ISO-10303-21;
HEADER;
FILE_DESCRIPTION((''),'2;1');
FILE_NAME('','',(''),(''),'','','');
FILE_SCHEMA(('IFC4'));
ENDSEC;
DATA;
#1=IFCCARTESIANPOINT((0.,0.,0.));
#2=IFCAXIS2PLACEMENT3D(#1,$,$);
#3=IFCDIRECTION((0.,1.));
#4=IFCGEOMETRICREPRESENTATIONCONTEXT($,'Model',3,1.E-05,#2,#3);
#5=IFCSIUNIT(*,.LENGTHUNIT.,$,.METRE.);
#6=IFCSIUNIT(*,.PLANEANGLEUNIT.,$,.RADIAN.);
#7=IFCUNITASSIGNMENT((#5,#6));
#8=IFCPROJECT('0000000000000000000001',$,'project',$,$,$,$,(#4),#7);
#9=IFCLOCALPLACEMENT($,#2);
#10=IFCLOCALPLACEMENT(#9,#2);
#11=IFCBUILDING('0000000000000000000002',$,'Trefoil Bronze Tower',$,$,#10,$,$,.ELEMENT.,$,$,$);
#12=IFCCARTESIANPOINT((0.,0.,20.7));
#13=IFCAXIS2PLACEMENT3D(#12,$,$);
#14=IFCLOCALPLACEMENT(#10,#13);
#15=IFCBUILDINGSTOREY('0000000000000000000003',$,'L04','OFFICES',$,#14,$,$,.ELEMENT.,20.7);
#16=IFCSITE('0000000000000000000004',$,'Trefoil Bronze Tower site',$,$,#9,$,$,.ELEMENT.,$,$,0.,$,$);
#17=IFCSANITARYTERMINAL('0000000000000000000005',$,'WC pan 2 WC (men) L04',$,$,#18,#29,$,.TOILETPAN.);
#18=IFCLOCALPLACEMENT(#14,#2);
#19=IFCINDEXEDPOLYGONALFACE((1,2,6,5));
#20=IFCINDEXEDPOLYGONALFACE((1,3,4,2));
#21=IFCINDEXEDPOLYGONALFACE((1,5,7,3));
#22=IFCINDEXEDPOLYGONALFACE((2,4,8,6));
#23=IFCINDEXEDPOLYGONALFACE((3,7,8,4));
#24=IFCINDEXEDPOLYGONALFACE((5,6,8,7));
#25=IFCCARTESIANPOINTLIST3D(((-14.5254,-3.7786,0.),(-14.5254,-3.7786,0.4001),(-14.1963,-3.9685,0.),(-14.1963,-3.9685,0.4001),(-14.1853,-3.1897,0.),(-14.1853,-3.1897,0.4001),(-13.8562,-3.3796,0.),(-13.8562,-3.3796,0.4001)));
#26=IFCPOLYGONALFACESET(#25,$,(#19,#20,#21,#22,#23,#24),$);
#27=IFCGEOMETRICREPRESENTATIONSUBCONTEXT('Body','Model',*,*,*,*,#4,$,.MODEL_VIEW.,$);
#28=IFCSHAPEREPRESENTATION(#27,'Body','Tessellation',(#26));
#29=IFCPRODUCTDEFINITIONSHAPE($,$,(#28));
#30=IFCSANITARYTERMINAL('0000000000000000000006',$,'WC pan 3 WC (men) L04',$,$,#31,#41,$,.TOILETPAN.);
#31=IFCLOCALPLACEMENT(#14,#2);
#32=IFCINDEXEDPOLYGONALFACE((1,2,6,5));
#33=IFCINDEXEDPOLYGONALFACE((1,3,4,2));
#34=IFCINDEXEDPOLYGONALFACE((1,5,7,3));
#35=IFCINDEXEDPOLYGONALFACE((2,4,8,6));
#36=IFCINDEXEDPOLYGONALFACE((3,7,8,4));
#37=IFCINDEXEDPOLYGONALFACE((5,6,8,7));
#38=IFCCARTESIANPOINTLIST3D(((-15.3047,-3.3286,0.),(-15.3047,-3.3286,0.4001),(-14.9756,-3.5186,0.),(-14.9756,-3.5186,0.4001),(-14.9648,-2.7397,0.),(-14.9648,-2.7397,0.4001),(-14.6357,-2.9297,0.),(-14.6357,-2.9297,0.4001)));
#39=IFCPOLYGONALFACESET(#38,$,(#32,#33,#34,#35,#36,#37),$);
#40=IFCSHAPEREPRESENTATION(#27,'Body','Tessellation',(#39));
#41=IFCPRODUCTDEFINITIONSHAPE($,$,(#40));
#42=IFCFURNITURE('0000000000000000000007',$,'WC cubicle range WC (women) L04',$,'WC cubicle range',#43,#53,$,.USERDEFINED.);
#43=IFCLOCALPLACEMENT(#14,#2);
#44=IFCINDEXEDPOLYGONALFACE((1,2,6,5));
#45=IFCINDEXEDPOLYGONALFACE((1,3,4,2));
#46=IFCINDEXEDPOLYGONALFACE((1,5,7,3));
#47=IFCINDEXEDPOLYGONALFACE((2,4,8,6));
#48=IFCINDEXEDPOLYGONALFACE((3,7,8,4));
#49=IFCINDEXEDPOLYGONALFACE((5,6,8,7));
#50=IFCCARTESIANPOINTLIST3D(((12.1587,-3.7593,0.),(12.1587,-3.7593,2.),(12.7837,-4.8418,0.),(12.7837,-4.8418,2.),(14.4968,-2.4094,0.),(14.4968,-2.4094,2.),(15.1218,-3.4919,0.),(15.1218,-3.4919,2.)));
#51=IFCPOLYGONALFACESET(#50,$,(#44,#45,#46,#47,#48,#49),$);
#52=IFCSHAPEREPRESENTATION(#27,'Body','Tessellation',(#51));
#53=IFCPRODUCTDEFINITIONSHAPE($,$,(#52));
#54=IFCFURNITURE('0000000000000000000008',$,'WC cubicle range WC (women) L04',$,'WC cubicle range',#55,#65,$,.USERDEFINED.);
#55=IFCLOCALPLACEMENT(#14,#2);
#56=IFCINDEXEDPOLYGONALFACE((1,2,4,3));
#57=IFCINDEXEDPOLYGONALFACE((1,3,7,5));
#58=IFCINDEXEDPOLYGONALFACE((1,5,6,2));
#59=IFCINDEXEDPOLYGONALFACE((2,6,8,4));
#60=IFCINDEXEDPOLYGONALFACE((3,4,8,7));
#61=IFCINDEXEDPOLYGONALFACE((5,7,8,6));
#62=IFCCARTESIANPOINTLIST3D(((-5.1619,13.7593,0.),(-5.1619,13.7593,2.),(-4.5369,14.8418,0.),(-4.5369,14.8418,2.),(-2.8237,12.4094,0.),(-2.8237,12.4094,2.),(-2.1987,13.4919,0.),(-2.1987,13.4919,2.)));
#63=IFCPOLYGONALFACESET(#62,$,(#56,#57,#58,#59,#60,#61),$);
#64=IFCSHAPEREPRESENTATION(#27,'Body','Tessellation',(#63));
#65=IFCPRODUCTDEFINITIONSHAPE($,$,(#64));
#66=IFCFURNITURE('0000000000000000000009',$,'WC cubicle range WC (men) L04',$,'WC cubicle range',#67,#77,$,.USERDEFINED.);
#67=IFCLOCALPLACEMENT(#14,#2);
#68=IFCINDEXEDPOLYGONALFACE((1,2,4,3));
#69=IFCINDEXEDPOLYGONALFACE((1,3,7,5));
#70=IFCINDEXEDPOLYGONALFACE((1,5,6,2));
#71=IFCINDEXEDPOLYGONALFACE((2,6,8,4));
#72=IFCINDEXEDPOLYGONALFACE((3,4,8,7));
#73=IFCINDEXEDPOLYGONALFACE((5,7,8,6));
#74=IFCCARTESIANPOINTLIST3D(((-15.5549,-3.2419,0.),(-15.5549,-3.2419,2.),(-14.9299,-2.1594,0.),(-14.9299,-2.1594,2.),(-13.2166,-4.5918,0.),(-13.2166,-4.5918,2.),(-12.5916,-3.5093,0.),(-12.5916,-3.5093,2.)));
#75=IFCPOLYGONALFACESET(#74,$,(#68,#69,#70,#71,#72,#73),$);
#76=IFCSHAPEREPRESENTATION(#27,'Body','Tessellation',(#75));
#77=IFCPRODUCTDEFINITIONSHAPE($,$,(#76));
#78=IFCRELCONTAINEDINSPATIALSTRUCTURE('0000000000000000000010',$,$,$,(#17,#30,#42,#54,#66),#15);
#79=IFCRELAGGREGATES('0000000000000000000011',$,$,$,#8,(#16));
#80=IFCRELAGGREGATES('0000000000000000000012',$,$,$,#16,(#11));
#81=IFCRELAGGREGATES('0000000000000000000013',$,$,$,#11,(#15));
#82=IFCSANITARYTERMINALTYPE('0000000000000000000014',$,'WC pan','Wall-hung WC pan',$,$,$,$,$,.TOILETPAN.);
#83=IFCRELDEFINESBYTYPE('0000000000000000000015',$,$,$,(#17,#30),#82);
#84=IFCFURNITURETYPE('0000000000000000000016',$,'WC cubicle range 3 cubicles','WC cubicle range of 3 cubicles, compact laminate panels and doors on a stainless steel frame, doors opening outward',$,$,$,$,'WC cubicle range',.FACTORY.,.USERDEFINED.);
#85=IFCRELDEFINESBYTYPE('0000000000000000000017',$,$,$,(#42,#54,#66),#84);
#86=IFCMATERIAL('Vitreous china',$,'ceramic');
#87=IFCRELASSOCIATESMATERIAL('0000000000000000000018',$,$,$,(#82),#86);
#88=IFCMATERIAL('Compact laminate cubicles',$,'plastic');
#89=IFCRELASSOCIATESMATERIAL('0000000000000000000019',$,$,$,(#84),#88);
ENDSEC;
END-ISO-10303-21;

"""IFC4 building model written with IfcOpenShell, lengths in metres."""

from ifc_helpers import new_model, si_unit, direction, frame, origin, place, context, subcontext, project, spatial, polyline, outline, extrude, material, type_object, element, save


model = new_model("IFC4")

# Units and contexts
model_context = context("Model", 3, precision=1e-05, world=origin(), true_north=direction((0.0, 1.0)))
body_context = subcontext(model_context, "Body", "Model", "MODEL_VIEW")
ifc_project = project(units=[si_unit("LENGTHUNIT", "METRE"), si_unit("PLANEANGLEUNIT", "RADIAN")], contexts=[model_context])

# Site, building, storey
site_placement = place(None, origin())
site = spatial("IfcSite", under=ifc_project, at=site_placement, Name="Trefoil Bronze Tower site", CompositionType="ELEMENT", RefElevation=0.0)
building_placement = place(site_placement, origin())
building = spatial("IfcBuilding", under=site, at=building_placement, Name="Trefoil Bronze Tower", CompositionType="ELEMENT")
storey_placement = place(building_placement, frame((0.0, 0.0, 20.7)))
storey = spatial("IfcBuildingStorey", under=building, at=storey_placement, Name="L04", Description="OFFICES", CompositionType="ELEMENT", Elevation=20.7)

# Sanitary terminals
ifc_material_1 = material(Name="Vitreous china", Category="ceramic")
sanitary_terminal_type_1 = type_object("IfcSanitaryTerminalType", Name="WC pan", Description="Wall-hung WC pan", PredefinedType="TOILETPAN", material=ifc_material_1)
sanitary_terminal_1_placement = place(storey_placement, origin())
element("IfcSanitaryTerminal", 1, at=sanitary_terminal_1_placement, inside=storey, type_object=sanitary_terminal_type_1, Name="WC pan 2 WC (men) L04", PredefinedType="TOILETPAN", context=body_context, shape_type="SweptSolid", body=[
    extrude(outline(polyline([(-13.8562, -3.3796), (-14.1963, -3.9685), (-14.5254, -3.7786), (-14.1853, -3.1897), (-13.8562, -3.3796)])), origin(), (0.0, 0.0, 1.0), 0.4001),
])
sanitary_terminal_2_placement = place(storey_placement, origin())
element("IfcSanitaryTerminal", 2, at=sanitary_terminal_2_placement, inside=storey, type_object=sanitary_terminal_type_1, Name="WC pan 3 WC (men) L04", PredefinedType="TOILETPAN", context=body_context, shape_type="SweptSolid", body=[
    extrude(outline(polyline([(-14.6357, -2.9297), (-14.9756, -3.5186), (-15.3047, -3.3286), (-14.9648, -2.7397), (-14.6357, -2.9297)])), origin(), (0.0, 0.0, 1.0), 0.4001),
])

# Furniture
ifc_material_2 = material(Name="Compact laminate cubicles", Category="plastic")
furniture_type = type_object("IfcFurnitureType", Name="WC cubicle range 3 cubicles", Description="WC cubicle range of 3 cubicles, compact laminate panels and doors on a stainless steel frame, doors opening outward", ElementType="WC cubicle range", AssemblyPlace="FACTORY", PredefinedType="USERDEFINED", material=ifc_material_2)
furniture_1_placement = place(storey_placement, origin())
element("IfcFurniture", 3, at=furniture_1_placement, inside=storey, type_object=furniture_type, Name="WC cubicle range WC (women) L04", ObjectType="WC cubicle range", PredefinedType="USERDEFINED", context=body_context, shape_type="SweptSolid", body=[
    extrude(outline(polyline([(12.1587, -3.7593), (12.7837, -4.8418), (15.1218, -3.4919), (14.4968, -2.4094), (12.1587, -3.7593)])), origin(), (0.0, 0.0, 1.0), 2.0),
])
furniture_2_placement = place(storey_placement, origin())
element("IfcFurniture", 4, at=furniture_2_placement, inside=storey, type_object=furniture_type, Name="WC cubicle range WC (women) L04", ObjectType="WC cubicle range", PredefinedType="USERDEFINED", context=body_context, shape_type="SweptSolid", body=[
    extrude(outline(polyline([(-2.8237, 12.4094), (-2.1987, 13.4919), (-4.5369, 14.8418), (-5.1619, 13.7593), (-2.8237, 12.4094)])), origin(), (0.0, 0.0, 1.0), 2.0),
])
furniture_3_placement = place(storey_placement, origin())
element("IfcFurniture", 5, at=furniture_3_placement, inside=storey, type_object=furniture_type, Name="WC cubicle range WC (men) L04", ObjectType="WC cubicle range", PredefinedType="USERDEFINED", context=body_context, shape_type="SweptSolid", body=[
    extrude(outline(polyline([(-12.5916, -3.5093), (-13.2166, -4.5918), (-15.5549, -3.2419), (-14.9299, -2.1594), (-12.5916, -3.5093)])), origin(), (0.0, 0.0, 1.0), 2.0),
])

save(model, "model.ifc")
